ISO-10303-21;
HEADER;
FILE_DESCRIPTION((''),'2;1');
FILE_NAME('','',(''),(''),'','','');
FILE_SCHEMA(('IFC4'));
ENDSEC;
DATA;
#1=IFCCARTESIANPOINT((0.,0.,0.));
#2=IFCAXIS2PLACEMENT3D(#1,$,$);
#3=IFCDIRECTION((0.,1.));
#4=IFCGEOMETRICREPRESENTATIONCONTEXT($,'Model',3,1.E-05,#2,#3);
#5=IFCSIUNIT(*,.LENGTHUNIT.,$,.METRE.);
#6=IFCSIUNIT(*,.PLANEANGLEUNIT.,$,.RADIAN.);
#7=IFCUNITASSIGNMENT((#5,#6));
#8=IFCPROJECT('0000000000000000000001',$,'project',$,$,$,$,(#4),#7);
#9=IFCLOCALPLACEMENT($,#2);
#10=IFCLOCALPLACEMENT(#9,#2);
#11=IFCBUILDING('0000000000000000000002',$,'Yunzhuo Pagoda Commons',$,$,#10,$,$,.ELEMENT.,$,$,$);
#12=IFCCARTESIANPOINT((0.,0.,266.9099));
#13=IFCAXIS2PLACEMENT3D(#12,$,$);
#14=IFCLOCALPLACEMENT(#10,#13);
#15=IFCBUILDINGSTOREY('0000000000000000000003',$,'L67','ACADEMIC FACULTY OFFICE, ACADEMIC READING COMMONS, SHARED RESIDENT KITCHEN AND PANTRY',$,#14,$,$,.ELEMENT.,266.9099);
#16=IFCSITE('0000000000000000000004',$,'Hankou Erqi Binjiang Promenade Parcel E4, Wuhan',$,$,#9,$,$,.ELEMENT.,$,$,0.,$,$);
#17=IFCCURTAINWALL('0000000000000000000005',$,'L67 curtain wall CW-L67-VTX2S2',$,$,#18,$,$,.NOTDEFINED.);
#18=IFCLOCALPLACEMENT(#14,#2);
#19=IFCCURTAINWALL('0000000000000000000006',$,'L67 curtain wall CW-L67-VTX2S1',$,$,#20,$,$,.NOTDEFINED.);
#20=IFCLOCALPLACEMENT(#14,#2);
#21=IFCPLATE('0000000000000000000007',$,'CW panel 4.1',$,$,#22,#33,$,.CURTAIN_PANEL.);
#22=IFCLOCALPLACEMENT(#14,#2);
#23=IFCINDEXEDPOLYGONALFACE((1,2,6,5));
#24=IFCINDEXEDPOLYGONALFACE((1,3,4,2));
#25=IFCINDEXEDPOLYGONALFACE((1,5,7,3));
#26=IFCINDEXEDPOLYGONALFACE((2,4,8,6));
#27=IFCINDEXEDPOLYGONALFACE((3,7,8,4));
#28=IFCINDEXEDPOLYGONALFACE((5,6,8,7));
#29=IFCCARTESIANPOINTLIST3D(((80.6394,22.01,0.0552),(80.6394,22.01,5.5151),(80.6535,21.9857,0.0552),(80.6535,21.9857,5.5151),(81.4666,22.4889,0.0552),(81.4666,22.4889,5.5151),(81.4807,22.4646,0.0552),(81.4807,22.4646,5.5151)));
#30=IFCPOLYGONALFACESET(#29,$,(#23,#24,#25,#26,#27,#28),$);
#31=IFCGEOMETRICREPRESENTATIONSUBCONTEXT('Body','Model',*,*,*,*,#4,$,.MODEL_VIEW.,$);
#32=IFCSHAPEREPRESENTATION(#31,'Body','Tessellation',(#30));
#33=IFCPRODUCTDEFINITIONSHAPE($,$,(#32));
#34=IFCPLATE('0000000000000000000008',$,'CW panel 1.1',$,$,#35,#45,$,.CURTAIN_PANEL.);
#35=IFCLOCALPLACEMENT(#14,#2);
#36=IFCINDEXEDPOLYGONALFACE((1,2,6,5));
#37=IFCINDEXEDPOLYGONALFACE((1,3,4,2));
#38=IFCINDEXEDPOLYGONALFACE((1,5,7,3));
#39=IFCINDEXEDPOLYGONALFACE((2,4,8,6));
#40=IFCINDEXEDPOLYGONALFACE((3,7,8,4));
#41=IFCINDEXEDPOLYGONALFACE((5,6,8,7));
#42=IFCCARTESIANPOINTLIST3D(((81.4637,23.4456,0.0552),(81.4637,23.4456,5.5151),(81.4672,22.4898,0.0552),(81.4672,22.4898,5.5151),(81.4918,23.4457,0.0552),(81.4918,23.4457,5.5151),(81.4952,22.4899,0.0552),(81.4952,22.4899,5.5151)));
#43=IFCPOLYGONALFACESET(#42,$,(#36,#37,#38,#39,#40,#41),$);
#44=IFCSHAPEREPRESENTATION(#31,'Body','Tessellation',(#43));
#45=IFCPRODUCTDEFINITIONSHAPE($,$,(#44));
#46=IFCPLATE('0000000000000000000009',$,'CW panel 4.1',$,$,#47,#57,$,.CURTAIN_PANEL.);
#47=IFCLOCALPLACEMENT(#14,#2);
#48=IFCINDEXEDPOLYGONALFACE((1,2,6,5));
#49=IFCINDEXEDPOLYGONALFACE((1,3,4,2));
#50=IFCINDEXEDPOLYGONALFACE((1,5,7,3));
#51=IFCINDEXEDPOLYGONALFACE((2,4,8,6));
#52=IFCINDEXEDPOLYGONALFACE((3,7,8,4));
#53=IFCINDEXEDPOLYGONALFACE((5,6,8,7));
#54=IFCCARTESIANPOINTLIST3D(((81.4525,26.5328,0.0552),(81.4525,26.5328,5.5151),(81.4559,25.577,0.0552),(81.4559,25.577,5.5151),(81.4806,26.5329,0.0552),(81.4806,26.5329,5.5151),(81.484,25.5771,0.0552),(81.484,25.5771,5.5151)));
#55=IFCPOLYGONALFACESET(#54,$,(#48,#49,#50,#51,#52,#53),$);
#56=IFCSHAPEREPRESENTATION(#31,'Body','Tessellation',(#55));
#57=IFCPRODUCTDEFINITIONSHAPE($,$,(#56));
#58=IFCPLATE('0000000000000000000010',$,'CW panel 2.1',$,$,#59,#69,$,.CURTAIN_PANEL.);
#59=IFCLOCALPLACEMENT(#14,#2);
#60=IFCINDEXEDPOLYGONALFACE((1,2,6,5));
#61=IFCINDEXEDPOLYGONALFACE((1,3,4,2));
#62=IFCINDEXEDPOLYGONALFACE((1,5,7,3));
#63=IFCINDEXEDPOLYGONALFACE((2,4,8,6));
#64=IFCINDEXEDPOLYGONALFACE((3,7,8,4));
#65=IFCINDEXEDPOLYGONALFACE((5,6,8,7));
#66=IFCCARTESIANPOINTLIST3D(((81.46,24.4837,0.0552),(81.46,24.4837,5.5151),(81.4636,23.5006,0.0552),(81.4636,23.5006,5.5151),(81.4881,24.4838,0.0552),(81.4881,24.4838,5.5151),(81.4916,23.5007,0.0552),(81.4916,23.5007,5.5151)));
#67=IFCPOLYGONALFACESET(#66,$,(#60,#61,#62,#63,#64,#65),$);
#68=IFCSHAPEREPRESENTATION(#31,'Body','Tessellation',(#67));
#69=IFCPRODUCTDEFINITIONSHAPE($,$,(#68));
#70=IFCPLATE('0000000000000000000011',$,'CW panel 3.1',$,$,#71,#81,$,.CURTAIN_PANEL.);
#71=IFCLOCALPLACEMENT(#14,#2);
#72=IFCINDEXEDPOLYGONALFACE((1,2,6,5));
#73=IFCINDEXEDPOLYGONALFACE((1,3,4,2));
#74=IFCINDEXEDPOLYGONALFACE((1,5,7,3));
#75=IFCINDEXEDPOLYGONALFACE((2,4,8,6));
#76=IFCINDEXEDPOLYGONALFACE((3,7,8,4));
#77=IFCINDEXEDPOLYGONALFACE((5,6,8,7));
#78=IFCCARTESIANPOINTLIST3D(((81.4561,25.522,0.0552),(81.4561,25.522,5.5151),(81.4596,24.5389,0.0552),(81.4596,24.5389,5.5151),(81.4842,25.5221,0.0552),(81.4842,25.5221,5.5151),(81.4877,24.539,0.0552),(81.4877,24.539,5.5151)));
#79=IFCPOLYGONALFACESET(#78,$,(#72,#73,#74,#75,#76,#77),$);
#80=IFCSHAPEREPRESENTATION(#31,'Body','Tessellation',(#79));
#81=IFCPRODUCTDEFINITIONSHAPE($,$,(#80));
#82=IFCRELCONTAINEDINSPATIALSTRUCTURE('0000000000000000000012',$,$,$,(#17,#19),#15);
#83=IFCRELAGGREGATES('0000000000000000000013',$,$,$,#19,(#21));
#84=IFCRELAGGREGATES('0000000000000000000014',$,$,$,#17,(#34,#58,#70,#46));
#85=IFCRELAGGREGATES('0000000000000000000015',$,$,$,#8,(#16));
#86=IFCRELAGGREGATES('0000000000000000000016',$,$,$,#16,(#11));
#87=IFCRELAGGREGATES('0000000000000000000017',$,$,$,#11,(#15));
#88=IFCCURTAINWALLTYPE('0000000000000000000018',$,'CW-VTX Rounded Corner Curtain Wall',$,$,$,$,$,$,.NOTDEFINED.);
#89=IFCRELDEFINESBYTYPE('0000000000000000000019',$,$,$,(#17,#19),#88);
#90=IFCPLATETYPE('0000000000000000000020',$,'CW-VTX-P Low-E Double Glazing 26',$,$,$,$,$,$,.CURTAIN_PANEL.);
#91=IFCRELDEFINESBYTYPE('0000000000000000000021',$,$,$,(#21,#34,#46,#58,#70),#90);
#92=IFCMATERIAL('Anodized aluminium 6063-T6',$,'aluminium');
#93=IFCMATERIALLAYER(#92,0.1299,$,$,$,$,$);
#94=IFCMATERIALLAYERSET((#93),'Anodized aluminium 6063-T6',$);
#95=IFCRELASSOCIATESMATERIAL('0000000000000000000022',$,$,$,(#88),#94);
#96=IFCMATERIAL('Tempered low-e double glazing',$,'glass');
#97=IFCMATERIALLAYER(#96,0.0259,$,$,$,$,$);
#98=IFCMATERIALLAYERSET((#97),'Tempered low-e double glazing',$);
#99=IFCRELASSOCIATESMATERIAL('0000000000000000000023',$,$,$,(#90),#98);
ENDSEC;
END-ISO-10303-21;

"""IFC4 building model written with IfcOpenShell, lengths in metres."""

from ifc_helpers import new_model, si_unit, direction, frame, origin, origin_2d, place, context, subcontext, project, spatial, rectangle, extrude, source, transform, mapped, material, layer, layer_set, type_object, element, aggregate, save


model = new_model("IFC4")

# Units and contexts
model_context = context("Model", 3, precision=1e-05, world=origin(), true_north=direction((0.0, 1.0)))
body_context = subcontext(model_context, "Body", "Model", "MODEL_VIEW")
ifc_project = project(units=[si_unit("LENGTHUNIT", "METRE"), si_unit("PLANEANGLEUNIT", "RADIAN")], contexts=[model_context])

# Site, building, storey
site_placement = place(None, origin())
site = spatial("IfcSite", under=ifc_project, at=site_placement, Name="Hankou Erqi Binjiang Promenade Parcel E4, Wuhan", CompositionType="ELEMENT", RefElevation=0.0)
building_placement = place(site_placement, origin())
building = spatial("IfcBuilding", under=site, at=building_placement, Name="Yunzhuo Pagoda Commons", CompositionType="ELEMENT")
storey_placement = place(building_placement, frame((0.0, 0.0, 266.9099)))
storey = spatial("IfcBuildingStorey", under=building, at=storey_placement, Name="L67", Description="ACADEMIC FACULTY OFFICE, ACADEMIC READING COMMONS, SHARED RESIDENT KITCHEN AND PANTRY", CompositionType="ELEMENT", Elevation=266.9099)

# Curtain wall
ifc_material_1 = material(Name="Anodized aluminium 6063-T6", Category="aluminium")
ifc_layer_1 = layer(ifc_material_1, 0.1299)
ifc_layer_set_1 = layer_set([ifc_layer_1], Name="Anodized aluminium 6063-T6")
curtain_wall_type_1 = type_object("IfcCurtainWallType", Name="CW-VTX Rounded Corner Curtain Wall", PredefinedType="NOTDEFINED", material=ifc_layer_set_1)
curtain_wall_1_placement = place(storey_placement, origin())
curtain_wall_1 = element("IfcCurtainWall", 1, at=curtain_wall_1_placement, inside=storey, type_object=curtain_wall_type_1, Name="L67 curtain wall CW-L67-VTX2S2", PredefinedType="NOTDEFINED")

# Shared definitions
ifc_material_2 = material(Name="Tempered low-e double glazing", Category="glass")

# Curtain wall, plate
curtain_wall_2_placement = place(storey_placement, origin())
curtain_wall_2 = element("IfcCurtainWall", 2, at=curtain_wall_2_placement, inside=storey, type_object=curtain_wall_type_1, Name="L67 curtain wall CW-L67-VTX2S1", PredefinedType="NOTDEFINED")
ifc_layer_2 = layer(ifc_material_2, 0.0259)
ifc_layer_set_2 = layer_set([ifc_layer_2], Name="Tempered low-e double glazing")
plate_type_1 = type_object("IfcPlateType", Name="CW-VTX-P Low-E Double Glazing 26", PredefinedType="CURTAIN_PANEL", material=ifc_layer_set_2)
shared_shape_1 = source(origin(), body_context, "Body", "SweptSolid", [
    extrude(rectangle(XDim=0.9558, YDim=0.0281, at=origin_2d()), origin(), (0.0, 0.0, 1.0), 5.46),
])
plate_1_placement = place(storey_placement, frame((81.0601, 22.2373, 0.0552), z_axis=(0.0, 0.0, 1.0), x_axis=(0.865432, 0.501027, 0.0)))
plate_1 = element("IfcPlate", 3, at=plate_1_placement, type_object=plate_type_1, Name="CW panel 4.1", PredefinedType="CURTAIN_PANEL", context=body_context, shape_type="MappedRepresentation", body=[
    mapped(shared_shape_1, transform((0.0, 0.0, 0.0), scale=1.0)),
])
aggregate(curtain_wall_2, [plate_1])

# Plates
plate_2_placement = place(storey_placement, frame((81.4795, 22.9678, 0.0552), z_axis=(0.0, 0.0, 1.0), x_axis=(-0.003588, 0.999994, 0.0)))
plate_2 = element("IfcPlate", 4, at=plate_2_placement, type_object=plate_type_1, Name="CW panel 1.1", PredefinedType="CURTAIN_PANEL", context=body_context, shape_type="MappedRepresentation", body=[
    mapped(shared_shape_1, transform((0.0, 0.0, 0.0), scale=1.0)),
])
plate_3_placement = place(storey_placement, frame((81.4683, 26.0549, 0.0552), z_axis=(0.0, 0.0, 1.0), x_axis=(-0.003588, 0.999994, 0.0)))
plate_3 = element("IfcPlate", 5, at=plate_3_placement, type_object=plate_type_1, Name="CW panel 4.1", PredefinedType="CURTAIN_PANEL", context=body_context, shape_type="MappedRepresentation", body=[
    mapped(shared_shape_1, transform((0.0, 0.0, 0.0), scale=1.0)),
])
shared_shape_2 = source(origin(), body_context, "Body", "SweptSolid", [
    extrude(rectangle(XDim=0.9832, YDim=0.0281, at=origin_2d()), origin(), (0.0, 0.0, 1.0), 5.46),
])
plate_4_placement = place(storey_placement, frame((81.4758, 23.9922, 0.0552), z_axis=(0.0, 0.0, 1.0), x_axis=(-0.003588, 0.999994, 0.0)))
plate_4 = element("IfcPlate", 6, at=plate_4_placement, type_object=plate_type_1, Name="CW panel 2.1", PredefinedType="CURTAIN_PANEL", context=body_context, shape_type="MappedRepresentation", body=[
    mapped(shared_shape_2, transform((0.0, 0.0, 0.0), scale=1.0)),
])
plate_5_placement = place(storey_placement, frame((81.4719, 25.0305, 0.0552), z_axis=(0.0, 0.0, 1.0), x_axis=(-0.003588, 0.999994, 0.0)))
plate_5 = element("IfcPlate", 7, at=plate_5_placement, type_object=plate_type_1, Name="CW panel 3.1", PredefinedType="CURTAIN_PANEL", context=body_context, shape_type="MappedRepresentation", body=[
    mapped(shared_shape_2, transform((0.0, 0.0, 0.0), scale=1.0)),
])
aggregate(curtain_wall_1, [plate_2, plate_4, plate_5, plate_3])

save(model, "model.ifc")
